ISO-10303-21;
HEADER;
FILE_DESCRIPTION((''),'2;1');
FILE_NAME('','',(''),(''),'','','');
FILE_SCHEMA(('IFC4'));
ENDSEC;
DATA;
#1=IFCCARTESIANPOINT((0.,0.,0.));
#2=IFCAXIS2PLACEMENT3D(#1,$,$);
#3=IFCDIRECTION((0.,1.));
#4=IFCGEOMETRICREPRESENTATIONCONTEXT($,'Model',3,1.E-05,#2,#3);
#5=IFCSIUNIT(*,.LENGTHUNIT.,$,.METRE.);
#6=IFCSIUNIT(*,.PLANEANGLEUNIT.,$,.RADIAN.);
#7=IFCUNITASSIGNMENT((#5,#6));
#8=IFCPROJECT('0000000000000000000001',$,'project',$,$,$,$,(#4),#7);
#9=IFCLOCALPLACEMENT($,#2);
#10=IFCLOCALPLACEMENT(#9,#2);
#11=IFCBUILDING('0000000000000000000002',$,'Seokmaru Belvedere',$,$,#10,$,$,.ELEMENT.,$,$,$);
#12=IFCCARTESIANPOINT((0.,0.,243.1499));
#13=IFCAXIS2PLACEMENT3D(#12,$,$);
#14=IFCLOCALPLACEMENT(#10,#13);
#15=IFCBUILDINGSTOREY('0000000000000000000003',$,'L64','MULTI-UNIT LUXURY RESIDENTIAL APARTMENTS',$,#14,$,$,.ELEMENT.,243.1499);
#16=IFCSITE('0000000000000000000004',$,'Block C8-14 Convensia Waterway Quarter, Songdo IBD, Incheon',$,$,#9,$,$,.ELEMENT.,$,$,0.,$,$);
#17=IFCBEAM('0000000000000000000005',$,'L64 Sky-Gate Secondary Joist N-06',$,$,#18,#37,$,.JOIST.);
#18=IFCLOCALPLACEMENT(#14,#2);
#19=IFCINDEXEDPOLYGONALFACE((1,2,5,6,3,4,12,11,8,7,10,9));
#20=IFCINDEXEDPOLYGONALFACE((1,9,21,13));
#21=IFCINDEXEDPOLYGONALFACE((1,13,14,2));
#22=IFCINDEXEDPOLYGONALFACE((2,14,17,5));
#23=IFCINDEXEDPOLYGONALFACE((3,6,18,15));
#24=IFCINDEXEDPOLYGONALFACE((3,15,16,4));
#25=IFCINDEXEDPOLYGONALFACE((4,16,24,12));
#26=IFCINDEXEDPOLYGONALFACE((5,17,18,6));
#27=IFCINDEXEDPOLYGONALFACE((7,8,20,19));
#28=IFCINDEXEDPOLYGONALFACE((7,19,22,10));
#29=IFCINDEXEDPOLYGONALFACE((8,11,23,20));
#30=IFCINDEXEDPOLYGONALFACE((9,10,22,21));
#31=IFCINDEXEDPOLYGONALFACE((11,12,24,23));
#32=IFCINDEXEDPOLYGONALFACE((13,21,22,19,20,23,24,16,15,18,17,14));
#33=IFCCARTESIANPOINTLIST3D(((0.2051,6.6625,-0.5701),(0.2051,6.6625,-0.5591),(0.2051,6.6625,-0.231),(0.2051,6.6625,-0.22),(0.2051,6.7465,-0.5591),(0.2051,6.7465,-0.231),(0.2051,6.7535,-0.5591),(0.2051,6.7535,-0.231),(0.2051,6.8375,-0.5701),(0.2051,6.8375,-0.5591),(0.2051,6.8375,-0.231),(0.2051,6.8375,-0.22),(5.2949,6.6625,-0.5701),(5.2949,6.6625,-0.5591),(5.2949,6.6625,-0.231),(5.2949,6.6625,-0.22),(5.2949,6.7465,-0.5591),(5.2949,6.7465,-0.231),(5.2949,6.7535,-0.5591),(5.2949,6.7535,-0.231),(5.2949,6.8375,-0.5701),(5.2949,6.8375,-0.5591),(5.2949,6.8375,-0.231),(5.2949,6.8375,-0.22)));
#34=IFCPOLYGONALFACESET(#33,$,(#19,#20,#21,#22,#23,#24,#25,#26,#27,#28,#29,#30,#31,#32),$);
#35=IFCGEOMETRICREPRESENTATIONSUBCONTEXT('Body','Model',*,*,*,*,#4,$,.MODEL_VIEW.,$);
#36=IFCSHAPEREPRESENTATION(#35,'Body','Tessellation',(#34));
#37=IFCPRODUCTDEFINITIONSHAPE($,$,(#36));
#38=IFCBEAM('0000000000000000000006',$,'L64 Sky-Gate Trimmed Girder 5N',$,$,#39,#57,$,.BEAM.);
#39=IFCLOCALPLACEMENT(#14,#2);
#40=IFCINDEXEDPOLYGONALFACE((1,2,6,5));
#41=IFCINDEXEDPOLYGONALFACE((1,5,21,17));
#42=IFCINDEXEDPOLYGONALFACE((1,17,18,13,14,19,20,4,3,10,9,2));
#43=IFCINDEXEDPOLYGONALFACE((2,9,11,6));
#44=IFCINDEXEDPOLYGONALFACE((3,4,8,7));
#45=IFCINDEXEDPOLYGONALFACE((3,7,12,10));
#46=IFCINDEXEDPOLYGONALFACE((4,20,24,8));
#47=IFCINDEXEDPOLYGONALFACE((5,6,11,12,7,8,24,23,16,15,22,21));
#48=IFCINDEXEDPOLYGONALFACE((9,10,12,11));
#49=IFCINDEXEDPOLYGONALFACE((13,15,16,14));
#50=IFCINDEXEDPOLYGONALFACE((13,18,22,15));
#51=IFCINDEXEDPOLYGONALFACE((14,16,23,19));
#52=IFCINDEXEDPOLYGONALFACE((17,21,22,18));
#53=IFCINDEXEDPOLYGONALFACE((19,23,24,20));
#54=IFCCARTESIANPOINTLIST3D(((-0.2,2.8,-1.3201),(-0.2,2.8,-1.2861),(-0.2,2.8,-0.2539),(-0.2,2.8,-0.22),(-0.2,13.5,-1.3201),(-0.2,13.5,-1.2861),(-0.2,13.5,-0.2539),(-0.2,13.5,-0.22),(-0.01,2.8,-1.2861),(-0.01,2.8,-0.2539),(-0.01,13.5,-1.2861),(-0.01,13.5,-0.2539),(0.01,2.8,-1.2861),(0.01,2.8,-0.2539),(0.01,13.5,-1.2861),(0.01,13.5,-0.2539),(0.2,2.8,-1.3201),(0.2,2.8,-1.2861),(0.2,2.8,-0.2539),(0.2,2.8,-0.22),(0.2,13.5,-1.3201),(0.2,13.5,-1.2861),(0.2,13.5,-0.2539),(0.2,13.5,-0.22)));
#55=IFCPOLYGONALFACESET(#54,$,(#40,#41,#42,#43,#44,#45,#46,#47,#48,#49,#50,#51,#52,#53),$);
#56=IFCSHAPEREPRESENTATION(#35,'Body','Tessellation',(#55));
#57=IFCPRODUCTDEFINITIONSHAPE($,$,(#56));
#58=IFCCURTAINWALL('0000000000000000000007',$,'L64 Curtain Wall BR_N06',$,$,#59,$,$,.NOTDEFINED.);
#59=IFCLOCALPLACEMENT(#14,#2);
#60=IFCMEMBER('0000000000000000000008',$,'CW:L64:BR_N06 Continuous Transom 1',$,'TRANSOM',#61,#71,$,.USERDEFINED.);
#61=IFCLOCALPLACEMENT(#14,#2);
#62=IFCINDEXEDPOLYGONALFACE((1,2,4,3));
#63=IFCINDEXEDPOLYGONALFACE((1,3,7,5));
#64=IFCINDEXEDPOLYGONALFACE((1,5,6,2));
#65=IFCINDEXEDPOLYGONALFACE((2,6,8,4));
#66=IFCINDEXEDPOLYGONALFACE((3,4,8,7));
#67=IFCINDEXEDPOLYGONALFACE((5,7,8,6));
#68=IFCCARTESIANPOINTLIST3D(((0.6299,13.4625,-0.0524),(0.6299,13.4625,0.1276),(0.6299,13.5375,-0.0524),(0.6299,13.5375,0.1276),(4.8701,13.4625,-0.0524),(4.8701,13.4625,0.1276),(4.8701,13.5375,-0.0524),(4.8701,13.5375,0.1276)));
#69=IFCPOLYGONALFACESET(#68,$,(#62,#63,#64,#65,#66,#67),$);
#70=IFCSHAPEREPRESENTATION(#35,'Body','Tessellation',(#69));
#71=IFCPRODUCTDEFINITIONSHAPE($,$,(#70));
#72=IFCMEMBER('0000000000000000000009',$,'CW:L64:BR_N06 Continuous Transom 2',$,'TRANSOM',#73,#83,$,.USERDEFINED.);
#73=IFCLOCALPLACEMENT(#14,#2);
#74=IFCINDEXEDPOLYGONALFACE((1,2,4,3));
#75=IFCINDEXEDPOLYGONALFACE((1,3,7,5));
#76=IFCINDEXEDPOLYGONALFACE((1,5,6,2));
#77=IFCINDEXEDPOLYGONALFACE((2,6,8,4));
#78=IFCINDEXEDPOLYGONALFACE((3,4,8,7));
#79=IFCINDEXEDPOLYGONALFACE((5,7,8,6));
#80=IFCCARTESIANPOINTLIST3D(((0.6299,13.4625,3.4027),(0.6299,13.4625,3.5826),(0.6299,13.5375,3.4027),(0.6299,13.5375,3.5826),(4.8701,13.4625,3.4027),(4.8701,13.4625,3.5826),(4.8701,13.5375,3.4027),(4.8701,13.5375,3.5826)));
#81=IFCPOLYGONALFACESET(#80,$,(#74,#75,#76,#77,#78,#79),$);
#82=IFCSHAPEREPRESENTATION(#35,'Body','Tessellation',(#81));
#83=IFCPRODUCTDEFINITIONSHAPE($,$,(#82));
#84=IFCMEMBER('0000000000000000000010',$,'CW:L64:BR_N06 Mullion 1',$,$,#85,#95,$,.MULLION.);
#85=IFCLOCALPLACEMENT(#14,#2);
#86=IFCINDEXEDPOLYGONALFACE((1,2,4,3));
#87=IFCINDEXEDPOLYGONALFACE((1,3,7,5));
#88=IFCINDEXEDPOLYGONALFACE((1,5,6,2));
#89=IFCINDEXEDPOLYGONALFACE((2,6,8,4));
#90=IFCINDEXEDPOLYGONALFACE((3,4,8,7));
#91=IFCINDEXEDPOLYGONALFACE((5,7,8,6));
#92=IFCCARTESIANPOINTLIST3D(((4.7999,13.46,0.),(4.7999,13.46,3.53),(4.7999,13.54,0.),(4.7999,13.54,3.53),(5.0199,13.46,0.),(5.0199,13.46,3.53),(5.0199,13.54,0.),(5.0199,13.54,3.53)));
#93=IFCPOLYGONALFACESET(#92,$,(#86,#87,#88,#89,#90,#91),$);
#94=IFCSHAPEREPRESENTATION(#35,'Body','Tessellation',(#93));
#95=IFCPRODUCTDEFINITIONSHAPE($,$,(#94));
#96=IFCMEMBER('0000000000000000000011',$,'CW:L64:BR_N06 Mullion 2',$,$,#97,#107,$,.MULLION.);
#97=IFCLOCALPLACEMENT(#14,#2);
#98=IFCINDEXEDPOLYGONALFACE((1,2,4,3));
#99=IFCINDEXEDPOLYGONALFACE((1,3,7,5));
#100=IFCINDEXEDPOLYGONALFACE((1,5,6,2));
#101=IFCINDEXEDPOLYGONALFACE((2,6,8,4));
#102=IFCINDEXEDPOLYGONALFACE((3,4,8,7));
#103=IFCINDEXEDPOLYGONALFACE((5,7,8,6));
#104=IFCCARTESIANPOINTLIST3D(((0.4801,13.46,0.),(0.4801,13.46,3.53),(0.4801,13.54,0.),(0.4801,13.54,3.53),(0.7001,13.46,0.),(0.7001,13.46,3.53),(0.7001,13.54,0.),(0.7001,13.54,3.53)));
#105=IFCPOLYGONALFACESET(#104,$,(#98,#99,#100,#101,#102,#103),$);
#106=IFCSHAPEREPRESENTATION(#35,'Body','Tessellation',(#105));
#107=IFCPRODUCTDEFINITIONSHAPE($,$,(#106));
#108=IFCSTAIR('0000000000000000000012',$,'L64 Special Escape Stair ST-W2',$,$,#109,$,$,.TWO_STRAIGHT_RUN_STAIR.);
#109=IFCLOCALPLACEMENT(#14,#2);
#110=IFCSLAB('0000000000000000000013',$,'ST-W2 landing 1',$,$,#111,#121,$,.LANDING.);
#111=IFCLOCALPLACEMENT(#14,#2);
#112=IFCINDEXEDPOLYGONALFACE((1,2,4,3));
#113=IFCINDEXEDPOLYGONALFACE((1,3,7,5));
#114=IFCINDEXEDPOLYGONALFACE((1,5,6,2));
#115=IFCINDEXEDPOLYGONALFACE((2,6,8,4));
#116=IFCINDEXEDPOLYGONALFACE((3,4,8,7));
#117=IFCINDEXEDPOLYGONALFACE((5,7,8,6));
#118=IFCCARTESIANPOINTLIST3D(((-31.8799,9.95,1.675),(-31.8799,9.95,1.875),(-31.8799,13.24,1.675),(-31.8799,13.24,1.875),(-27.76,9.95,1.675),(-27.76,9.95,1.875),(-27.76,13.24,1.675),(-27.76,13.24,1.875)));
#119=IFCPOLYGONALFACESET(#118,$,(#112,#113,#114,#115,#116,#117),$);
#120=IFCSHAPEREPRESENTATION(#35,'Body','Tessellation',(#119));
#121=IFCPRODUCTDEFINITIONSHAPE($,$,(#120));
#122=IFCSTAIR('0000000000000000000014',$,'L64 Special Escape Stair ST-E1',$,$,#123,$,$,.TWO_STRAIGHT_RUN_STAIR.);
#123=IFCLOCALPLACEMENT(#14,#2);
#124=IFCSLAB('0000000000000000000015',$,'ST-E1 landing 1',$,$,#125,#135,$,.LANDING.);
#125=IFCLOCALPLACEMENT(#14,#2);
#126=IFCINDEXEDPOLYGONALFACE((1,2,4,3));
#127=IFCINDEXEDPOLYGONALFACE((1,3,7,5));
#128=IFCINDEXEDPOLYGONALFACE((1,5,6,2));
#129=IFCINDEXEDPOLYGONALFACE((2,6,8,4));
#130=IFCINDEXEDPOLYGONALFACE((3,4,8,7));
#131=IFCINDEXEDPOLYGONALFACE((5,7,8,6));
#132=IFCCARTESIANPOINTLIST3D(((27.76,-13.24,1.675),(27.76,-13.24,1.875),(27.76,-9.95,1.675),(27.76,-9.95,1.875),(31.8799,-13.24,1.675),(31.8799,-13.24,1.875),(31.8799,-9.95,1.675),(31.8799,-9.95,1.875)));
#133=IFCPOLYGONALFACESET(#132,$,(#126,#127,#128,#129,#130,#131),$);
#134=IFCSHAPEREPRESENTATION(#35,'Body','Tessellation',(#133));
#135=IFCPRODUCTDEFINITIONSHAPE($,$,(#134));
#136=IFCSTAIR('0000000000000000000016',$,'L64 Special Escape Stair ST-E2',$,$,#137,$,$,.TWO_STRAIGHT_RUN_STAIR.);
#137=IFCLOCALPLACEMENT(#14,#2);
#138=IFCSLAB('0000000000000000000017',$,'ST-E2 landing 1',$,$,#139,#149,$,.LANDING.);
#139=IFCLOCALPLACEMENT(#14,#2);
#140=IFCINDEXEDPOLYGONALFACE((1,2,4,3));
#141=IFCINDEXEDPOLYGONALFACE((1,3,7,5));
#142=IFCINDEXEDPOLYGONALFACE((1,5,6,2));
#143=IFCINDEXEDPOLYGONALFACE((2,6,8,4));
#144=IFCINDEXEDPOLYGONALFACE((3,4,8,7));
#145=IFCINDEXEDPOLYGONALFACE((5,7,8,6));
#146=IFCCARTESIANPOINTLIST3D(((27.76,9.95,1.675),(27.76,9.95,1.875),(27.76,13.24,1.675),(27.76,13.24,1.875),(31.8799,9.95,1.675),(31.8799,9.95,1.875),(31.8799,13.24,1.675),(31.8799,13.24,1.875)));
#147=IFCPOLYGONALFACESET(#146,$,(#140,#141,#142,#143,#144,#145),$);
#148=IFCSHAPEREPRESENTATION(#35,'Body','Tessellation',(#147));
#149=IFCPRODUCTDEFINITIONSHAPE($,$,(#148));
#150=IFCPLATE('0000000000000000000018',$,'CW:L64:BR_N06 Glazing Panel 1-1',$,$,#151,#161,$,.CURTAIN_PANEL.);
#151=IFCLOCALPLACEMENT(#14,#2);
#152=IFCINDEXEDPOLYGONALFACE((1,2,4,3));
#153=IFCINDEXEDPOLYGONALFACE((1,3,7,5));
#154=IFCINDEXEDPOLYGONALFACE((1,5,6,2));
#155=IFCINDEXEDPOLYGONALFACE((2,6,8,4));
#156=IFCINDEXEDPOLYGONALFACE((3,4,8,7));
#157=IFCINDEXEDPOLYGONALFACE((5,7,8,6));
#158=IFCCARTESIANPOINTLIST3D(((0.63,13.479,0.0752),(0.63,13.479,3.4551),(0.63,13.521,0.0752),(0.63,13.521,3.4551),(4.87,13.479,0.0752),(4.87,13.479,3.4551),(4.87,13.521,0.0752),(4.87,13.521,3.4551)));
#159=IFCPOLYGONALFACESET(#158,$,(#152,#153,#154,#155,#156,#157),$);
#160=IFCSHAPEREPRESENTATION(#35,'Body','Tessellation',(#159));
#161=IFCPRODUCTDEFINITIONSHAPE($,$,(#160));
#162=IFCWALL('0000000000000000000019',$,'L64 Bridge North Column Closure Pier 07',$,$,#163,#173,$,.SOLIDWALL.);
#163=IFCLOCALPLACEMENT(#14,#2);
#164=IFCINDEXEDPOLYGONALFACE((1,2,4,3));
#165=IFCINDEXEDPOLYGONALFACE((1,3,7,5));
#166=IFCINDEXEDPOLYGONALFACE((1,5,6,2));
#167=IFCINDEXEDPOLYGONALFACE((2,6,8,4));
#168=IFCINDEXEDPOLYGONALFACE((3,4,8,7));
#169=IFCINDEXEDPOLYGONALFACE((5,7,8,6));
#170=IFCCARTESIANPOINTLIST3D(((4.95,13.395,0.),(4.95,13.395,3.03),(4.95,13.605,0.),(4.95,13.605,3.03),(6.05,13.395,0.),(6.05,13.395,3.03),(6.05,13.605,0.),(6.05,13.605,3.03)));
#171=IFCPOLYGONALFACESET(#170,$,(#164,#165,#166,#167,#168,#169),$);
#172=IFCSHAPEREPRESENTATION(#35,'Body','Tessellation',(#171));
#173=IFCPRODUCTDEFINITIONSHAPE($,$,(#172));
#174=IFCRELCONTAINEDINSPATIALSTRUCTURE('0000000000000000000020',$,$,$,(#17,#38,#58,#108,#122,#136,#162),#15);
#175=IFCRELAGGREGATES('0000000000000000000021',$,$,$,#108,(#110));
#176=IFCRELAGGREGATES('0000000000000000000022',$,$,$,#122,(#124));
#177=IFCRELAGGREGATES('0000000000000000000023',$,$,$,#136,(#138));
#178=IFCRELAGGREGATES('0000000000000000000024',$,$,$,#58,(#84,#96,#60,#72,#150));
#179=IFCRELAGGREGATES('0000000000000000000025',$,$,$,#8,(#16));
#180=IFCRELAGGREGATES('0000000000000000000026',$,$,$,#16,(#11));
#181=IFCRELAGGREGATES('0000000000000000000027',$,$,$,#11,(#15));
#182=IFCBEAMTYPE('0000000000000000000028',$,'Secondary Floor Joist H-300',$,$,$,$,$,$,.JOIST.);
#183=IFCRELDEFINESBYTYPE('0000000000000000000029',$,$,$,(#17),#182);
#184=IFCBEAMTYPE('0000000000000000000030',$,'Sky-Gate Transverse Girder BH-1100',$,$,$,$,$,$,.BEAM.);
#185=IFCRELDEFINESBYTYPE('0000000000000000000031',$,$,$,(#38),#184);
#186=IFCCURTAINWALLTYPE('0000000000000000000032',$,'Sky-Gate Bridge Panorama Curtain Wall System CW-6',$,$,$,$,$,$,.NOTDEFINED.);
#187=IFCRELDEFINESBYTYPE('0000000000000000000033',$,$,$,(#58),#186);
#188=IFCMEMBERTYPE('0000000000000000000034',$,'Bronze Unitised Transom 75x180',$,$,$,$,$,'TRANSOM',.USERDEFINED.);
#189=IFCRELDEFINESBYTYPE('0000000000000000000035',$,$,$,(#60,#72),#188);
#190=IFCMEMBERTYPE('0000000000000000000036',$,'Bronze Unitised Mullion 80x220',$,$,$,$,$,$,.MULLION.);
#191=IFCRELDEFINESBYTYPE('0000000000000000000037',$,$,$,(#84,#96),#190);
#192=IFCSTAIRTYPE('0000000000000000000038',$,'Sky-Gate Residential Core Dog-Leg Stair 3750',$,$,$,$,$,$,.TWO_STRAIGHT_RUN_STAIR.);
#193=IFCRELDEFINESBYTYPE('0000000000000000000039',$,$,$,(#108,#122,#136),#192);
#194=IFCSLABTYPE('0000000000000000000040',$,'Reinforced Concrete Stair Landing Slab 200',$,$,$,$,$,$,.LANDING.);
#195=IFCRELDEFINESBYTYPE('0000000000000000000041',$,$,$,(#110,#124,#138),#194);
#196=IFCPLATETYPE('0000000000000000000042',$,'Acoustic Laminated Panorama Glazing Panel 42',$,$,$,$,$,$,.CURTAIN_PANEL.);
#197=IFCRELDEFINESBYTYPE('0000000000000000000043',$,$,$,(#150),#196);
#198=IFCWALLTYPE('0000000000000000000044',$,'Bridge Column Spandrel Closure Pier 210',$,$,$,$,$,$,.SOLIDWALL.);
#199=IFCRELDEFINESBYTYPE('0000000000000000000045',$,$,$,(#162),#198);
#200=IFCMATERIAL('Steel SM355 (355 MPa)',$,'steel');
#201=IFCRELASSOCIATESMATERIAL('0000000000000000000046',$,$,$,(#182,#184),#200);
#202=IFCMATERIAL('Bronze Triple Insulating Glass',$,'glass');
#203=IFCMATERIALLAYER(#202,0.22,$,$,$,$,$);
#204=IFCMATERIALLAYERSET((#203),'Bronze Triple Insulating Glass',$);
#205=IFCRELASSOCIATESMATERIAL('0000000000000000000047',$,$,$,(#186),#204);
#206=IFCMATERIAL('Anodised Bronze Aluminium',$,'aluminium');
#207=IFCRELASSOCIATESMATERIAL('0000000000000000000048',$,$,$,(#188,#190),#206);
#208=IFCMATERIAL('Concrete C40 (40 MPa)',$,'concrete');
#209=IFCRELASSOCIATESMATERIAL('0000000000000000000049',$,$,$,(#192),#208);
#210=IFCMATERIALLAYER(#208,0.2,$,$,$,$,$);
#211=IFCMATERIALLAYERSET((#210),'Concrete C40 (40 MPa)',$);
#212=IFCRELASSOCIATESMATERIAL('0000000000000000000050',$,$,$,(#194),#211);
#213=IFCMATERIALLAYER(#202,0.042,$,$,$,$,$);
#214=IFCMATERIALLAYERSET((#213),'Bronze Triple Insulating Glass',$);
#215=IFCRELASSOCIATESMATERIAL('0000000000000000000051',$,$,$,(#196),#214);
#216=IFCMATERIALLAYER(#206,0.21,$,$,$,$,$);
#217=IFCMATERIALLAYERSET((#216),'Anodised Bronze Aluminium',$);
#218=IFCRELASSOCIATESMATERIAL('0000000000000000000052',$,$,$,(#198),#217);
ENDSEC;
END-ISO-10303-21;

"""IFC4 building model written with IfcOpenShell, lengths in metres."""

from ifc_helpers import new_model, si_unit, direction, frame, frame_2d, origin, origin_2d, place, context, subcontext, project, spatial, polyline, rectangle, i_section, outline, extrude, source, transform, mapped, material, layer, layer_set, material_profile, profile_set, type_object, type_shapes, element, aggregate, save


model = new_model("IFC4")

# Units and contexts
model_context = context("Model", 3, precision=1e-05, world=origin(), true_north=direction((0.0, 1.0)))
body_context = subcontext(model_context, "Body", "Model", "MODEL_VIEW")
ifc_project = project(units=[si_unit("LENGTHUNIT", "METRE"), si_unit("PLANEANGLEUNIT", "RADIAN")], contexts=[model_context])

# Site, building, storey
site_placement = place(None, origin())
site = spatial("IfcSite", under=ifc_project, at=site_placement, Name="Block C8-14 Convensia Waterway Quarter, Songdo IBD, Incheon", CompositionType="ELEMENT", RefElevation=0.0)
building_placement = place(site_placement, origin())
building = spatial("IfcBuilding", under=site, at=building_placement, Name="Seokmaru Belvedere", CompositionType="ELEMENT")
storey_placement = place(building_placement, frame((0.0, 0.0, 243.1499)))
storey = spatial("IfcBuildingStorey", under=building, at=storey_placement, Name="L64", Description="MULTI-UNIT LUXURY RESIDENTIAL APARTMENTS", CompositionType="ELEMENT", Elevation=243.1499)

# Beams
ifc_material_1 = material(Name="Steel SM355 (355 MPa)", Category="steel")
ifc_material_profile_1 = material_profile(ifc_material_1, i_section(OverallWidth=0.175, OverallDepth=0.3501, WebThickness=0.0071, FlangeThickness=0.011, at=origin_2d()), Name="H-350x175x7x11")
ifc_profile_set_1 = profile_set([ifc_material_profile_1], Name="Steel SM355 (355 MPa)")
beam_type_1 = type_object("IfcBeamType", Name="Secondary Floor Joist H-300", PredefinedType="JOIST", material=ifc_profile_set_1)
shared_shape_1 = source(origin(), body_context, "Body", "SweptSolid", [
    extrude(i_section(OverallWidth=0.175, OverallDepth=0.3501, WebThickness=0.0071, FlangeThickness=0.011, at=origin_2d()), origin(), (0.0, 0.0, 1.0), 5.0898),
])
type_shapes(beam_type_1, [shared_shape_1])
beam_1_placement = place(storey_placement, frame((0.2051, 6.75, -0.395), z_axis=(1.0, 0.0, 0.0), x_axis=(0.0, 1.0, 0.0)))
element("IfcBeam", 1, at=beam_1_placement, inside=storey, type_object=beam_type_1, Name="L64 Sky-Gate Secondary Joist N-06", PredefinedType="JOIST", context=body_context, shape_type="MappedRepresentation", body=[
    mapped(shared_shape_1, transform((0.0, 0.0, 0.0), scale=1.0)),
])
ifc_material_profile_2 = material_profile(ifc_material_1, i_section(OverallWidth=0.3999, OverallDepth=1.1001, WebThickness=0.02, FlangeThickness=0.0339, at=origin_2d()), Name="BH-1100x400x20x34")
ifc_profile_set_2 = profile_set([ifc_material_profile_2], Name="Steel SM355 (355 MPa)")
beam_type_2 = type_object("IfcBeamType", Name="Sky-Gate Transverse Girder BH-1100", PredefinedType="BEAM", material=ifc_profile_set_2)
shared_shape_2 = source(origin(), body_context, "Body", "SweptSolid", [
    extrude(i_section(OverallWidth=0.3999, OverallDepth=1.1001, WebThickness=0.02, FlangeThickness=0.0339, at=origin_2d()), origin(), (0.0, 0.0, 1.0), 10.7),
])
type_shapes(beam_type_2, [shared_shape_2])
beam_2_placement = place(storey_placement, frame((0.0, 2.8, -0.77), z_axis=(0.0, 1.0, 0.0), x_axis=(-1.0, 0.0, 0.0)))
element("IfcBeam", 2, at=beam_2_placement, inside=storey, type_object=beam_type_2, Name="L64 Sky-Gate Trimmed Girder 5N", PredefinedType="BEAM", context=body_context, shape_type="MappedRepresentation", body=[
    mapped(shared_shape_2, transform((0.0, 0.0, 0.0), scale=1.0)),
])

# Curtain wall, members
ifc_material_2 = material(Name="Bronze Triple Insulating Glass", Category="glass")
ifc_layer_1 = layer(ifc_material_2, 0.22)
ifc_layer_set_1 = layer_set([ifc_layer_1], Name="Bronze Triple Insulating Glass")
curtain_wall_type = type_object("IfcCurtainWallType", Name="Sky-Gate Bridge Panorama Curtain Wall System CW-6", PredefinedType="NOTDEFINED", material=ifc_layer_set_1)
curtain_wall_placement = place(storey_placement, origin())
curtain_wall = element("IfcCurtainWall", 3, at=curtain_wall_placement, inside=storey, type_object=curtain_wall_type, Name="L64 Curtain Wall BR_N06", PredefinedType="NOTDEFINED")
ifc_material_3 = material(Name="Anodised Bronze Aluminium", Category="aluminium")
ifc_material_profile_3 = material_profile(ifc_material_3, rectangle(XDim=0.075, YDim=0.1799, at=origin_2d()), Name="CW-T-75x180")
ifc_profile_set_3 = profile_set([ifc_material_profile_3], Name="Anodised Bronze Aluminium")
member_type_1 = type_object("IfcMemberType", Name="Bronze Unitised Transom 75x180", ElementType="TRANSOM", PredefinedType="USERDEFINED", material=ifc_profile_set_3)
shared_shape_3 = source(origin(), body_context, "Body", "SweptSolid", [
    extrude(rectangle(XDim=0.075, YDim=0.1799, at=origin_2d()), origin(), (0.0, 0.0, 1.0), 4.2402),
])
type_shapes(member_type_1, [shared_shape_3])
member_1_placement = place(storey_placement, frame((4.8701, 13.5, 0.0376), z_axis=(-1.0, 0.0, 0.0), x_axis=(0.0, -1.0, 0.0)))
member_1 = element("IfcMember", 4, at=member_1_placement, type_object=member_type_1, Name="CW:L64:BR_N06 Continuous Transom 1", ObjectType="TRANSOM", PredefinedType="USERDEFINED", context=body_context, shape_type="MappedRepresentation", body=[
    mapped(shared_shape_3, transform((0.0, 0.0, 0.0), scale=1.0)),
])
member_2_placement = place(storey_placement, frame((4.8701, 13.5, 3.4927), z_axis=(-1.0, 0.0, 0.0), x_axis=(0.0, -1.0, 0.0)))
member_2 = element("IfcMember", 5, at=member_2_placement, type_object=member_type_1, Name="CW:L64:BR_N06 Continuous Transom 2", ObjectType="TRANSOM", PredefinedType="USERDEFINED", context=body_context, shape_type="MappedRepresentation", body=[
    mapped(shared_shape_3, transform((0.0, 0.0, 0.0), scale=1.0)),
])
ifc_material_profile_4 = material_profile(ifc_material_3, rectangle(XDim=0.0801, YDim=0.22, at=origin_2d()), Name="CW-M-80x220")
ifc_profile_set_4 = profile_set([ifc_material_profile_4], Name="Anodised Bronze Aluminium")
member_type_2 = type_object("IfcMemberType", Name="Bronze Unitised Mullion 80x220", PredefinedType="MULLION", material=ifc_profile_set_4)
shared_shape_4 = source(origin(), body_context, "Body", "SweptSolid", [
    extrude(rectangle(XDim=0.0801, YDim=0.22, at=origin_2d()), origin(), (0.0, 0.0, 1.0), 3.53),
])
type_shapes(member_type_2, [shared_shape_4])
member_3_placement = place(storey_placement, frame((4.9099, 13.5, 0.0), z_axis=(0.0, 0.0, 1.0), x_axis=(0.0, -1.0, 0.0)))
member_3 = element("IfcMember", 6, at=member_3_placement, type_object=member_type_2, Name="CW:L64:BR_N06 Mullion 1", PredefinedType="MULLION", context=body_context, shape_type="MappedRepresentation", body=[
    mapped(shared_shape_4, transform((0.0, 0.0, 0.0), scale=1.0)),
])
member_4_placement = place(storey_placement, frame((0.5901, 13.5, 0.0), z_axis=(0.0, 0.0, 1.0), x_axis=(0.0, -1.0, 0.0)))
member_4 = element("IfcMember", 7, at=member_4_placement, type_object=member_type_2, Name="CW:L64:BR_N06 Mullion 2", PredefinedType="MULLION", context=body_context, shape_type="MappedRepresentation", body=[
    mapped(shared_shape_4, transform((0.0, 0.0, 0.0), scale=1.0)),
])

# Stairs, slabs
ifc_material_4 = material(Name="Concrete C40 (40 MPa)", Category="concrete")
stair_type = type_object("IfcStairType", Name="Sky-Gate Residential Core Dog-Leg Stair 3750", PredefinedType="TWO_STRAIGHT_RUN_STAIR", material=ifc_material_4)
stair_1_placement = place(storey_placement, origin())
stair_1 = element("IfcStair", 8, at=stair_1_placement, inside=storey, type_object=stair_type, Name="L64 Special Escape Stair ST-W2", PredefinedType="TWO_STRAIGHT_RUN_STAIR")
ifc_layer_2 = layer(ifc_material_4, 0.2)
ifc_layer_set_2 = layer_set([ifc_layer_2], Name="Concrete C40 (40 MPa)")
slab_type = type_object("IfcSlabType", Name="Reinforced Concrete Stair Landing Slab 200", PredefinedType="LANDING", material=ifc_layer_set_2)
slab_1_placement = place(storey_placement, frame((0.0, 0.0, 1.675)))
slab_1 = element("IfcSlab", 9, at=slab_1_placement, type_object=slab_type, Name="ST-W2 landing 1", PredefinedType="LANDING", context=body_context, shape_type="SweptSolid", body=[
    extrude(outline(polyline([(-31.8799, 9.95), (-27.76, 9.95), (-27.76, 13.24), (-31.8799, 13.24), (-31.8799, 9.95)])), origin(), (0.0, 0.0, 1.0), 0.2),
])
aggregate(stair_1, [slab_1])
stair_2_placement = place(storey_placement, origin())
stair_2 = element("IfcStair", 10, at=stair_2_placement, inside=storey, type_object=stair_type, Name="L64 Special Escape Stair ST-E1", PredefinedType="TWO_STRAIGHT_RUN_STAIR")
slab_2_placement = place(storey_placement, frame((0.0, 0.0, 1.675)))
slab_2 = element("IfcSlab", 11, at=slab_2_placement, type_object=slab_type, Name="ST-E1 landing 1", PredefinedType="LANDING", context=body_context, shape_type="SweptSolid", body=[
    extrude(outline(polyline([(27.76, -13.24), (31.8799, -13.24), (31.8799, -9.95), (27.76, -9.95), (27.76, -13.24)])), origin(), (0.0, 0.0, 1.0), 0.2),
])
aggregate(stair_2, [slab_2])
stair_3_placement = place(storey_placement, origin())
stair_3 = element("IfcStair", 12, at=stair_3_placement, inside=storey, type_object=stair_type, Name="L64 Special Escape Stair ST-E2", PredefinedType="TWO_STRAIGHT_RUN_STAIR")
slab_3_placement = place(storey_placement, frame((0.0, 0.0, 1.675)))
slab_3 = element("IfcSlab", 13, at=slab_3_placement, type_object=slab_type, Name="ST-E2 landing 1", PredefinedType="LANDING", context=body_context, shape_type="SweptSolid", body=[
    extrude(outline(polyline([(27.76, 9.95), (31.8799, 9.95), (31.8799, 13.24), (27.76, 13.24), (27.76, 9.95)])), origin(), (0.0, 0.0, 1.0), 0.2),
])
aggregate(stair_3, [slab_3])

# Plate
ifc_layer_3 = layer(ifc_material_2, 0.042)
ifc_layer_set_3 = layer_set([ifc_layer_3], Name="Bronze Triple Insulating Glass")
plate_type = type_object("IfcPlateType", Name="Acoustic Laminated Panorama Glazing Panel 42", PredefinedType="CURTAIN_PANEL", material=ifc_layer_set_3)
shared_shape_5 = source(origin(), body_context, "Body", "SweptSolid", [
    extrude(rectangle(XDim=4.24, YDim=0.042, at=origin_2d()), origin(), (0.0, 0.0, 1.0), 3.3799),
])
type_shapes(plate_type, [shared_shape_5])
plate_placement = place(storey_placement, frame((2.75, 13.5, 0.0752), z_axis=(0.0, 0.0, 1.0), x_axis=(-1.0, 0.0, 0.0)))
plate = element("IfcPlate", 14, at=plate_placement, type_object=plate_type, Name="CW:L64:BR_N06 Glazing Panel 1-1", PredefinedType="CURTAIN_PANEL", context=body_context, shape_type="MappedRepresentation", body=[
    mapped(shared_shape_5, transform((0.0, 0.0, 0.0), scale=1.0)),
])
aggregate(curtain_wall, [member_3, member_4, member_1, member_2, plate])

# Wall
ifc_layer_4 = layer(ifc_material_3, 0.21)
ifc_layer_set_4 = layer_set([ifc_layer_4], Name="Anodised Bronze Aluminium")
wall_type_1 = type_object("IfcWallType", Name="Bridge Column Spandrel Closure Pier 210", PredefinedType="SOLIDWALL", material=ifc_layer_set_4)
wall_1_placement = place(storey_placement, frame((4.95, 13.5, 0.0), z_axis=(0.0, 0.0, 1.0), x_axis=(1.0, 0.0, 0.0)))
element("IfcWall", 15, at=wall_1_placement, inside=storey, type_object=wall_type_1, Name="L64 Bridge North Column Closure Pier 07", PredefinedType="SOLIDWALL", context=body_context, shape_type="SweptSolid", body=[
    extrude(rectangle(XDim=1.1001, YDim=0.21, at=frame_2d((0.55, 0.0))), origin(), (0.0, 0.0, 1.0), 3.03),
])

save(model, "model.ifc")
